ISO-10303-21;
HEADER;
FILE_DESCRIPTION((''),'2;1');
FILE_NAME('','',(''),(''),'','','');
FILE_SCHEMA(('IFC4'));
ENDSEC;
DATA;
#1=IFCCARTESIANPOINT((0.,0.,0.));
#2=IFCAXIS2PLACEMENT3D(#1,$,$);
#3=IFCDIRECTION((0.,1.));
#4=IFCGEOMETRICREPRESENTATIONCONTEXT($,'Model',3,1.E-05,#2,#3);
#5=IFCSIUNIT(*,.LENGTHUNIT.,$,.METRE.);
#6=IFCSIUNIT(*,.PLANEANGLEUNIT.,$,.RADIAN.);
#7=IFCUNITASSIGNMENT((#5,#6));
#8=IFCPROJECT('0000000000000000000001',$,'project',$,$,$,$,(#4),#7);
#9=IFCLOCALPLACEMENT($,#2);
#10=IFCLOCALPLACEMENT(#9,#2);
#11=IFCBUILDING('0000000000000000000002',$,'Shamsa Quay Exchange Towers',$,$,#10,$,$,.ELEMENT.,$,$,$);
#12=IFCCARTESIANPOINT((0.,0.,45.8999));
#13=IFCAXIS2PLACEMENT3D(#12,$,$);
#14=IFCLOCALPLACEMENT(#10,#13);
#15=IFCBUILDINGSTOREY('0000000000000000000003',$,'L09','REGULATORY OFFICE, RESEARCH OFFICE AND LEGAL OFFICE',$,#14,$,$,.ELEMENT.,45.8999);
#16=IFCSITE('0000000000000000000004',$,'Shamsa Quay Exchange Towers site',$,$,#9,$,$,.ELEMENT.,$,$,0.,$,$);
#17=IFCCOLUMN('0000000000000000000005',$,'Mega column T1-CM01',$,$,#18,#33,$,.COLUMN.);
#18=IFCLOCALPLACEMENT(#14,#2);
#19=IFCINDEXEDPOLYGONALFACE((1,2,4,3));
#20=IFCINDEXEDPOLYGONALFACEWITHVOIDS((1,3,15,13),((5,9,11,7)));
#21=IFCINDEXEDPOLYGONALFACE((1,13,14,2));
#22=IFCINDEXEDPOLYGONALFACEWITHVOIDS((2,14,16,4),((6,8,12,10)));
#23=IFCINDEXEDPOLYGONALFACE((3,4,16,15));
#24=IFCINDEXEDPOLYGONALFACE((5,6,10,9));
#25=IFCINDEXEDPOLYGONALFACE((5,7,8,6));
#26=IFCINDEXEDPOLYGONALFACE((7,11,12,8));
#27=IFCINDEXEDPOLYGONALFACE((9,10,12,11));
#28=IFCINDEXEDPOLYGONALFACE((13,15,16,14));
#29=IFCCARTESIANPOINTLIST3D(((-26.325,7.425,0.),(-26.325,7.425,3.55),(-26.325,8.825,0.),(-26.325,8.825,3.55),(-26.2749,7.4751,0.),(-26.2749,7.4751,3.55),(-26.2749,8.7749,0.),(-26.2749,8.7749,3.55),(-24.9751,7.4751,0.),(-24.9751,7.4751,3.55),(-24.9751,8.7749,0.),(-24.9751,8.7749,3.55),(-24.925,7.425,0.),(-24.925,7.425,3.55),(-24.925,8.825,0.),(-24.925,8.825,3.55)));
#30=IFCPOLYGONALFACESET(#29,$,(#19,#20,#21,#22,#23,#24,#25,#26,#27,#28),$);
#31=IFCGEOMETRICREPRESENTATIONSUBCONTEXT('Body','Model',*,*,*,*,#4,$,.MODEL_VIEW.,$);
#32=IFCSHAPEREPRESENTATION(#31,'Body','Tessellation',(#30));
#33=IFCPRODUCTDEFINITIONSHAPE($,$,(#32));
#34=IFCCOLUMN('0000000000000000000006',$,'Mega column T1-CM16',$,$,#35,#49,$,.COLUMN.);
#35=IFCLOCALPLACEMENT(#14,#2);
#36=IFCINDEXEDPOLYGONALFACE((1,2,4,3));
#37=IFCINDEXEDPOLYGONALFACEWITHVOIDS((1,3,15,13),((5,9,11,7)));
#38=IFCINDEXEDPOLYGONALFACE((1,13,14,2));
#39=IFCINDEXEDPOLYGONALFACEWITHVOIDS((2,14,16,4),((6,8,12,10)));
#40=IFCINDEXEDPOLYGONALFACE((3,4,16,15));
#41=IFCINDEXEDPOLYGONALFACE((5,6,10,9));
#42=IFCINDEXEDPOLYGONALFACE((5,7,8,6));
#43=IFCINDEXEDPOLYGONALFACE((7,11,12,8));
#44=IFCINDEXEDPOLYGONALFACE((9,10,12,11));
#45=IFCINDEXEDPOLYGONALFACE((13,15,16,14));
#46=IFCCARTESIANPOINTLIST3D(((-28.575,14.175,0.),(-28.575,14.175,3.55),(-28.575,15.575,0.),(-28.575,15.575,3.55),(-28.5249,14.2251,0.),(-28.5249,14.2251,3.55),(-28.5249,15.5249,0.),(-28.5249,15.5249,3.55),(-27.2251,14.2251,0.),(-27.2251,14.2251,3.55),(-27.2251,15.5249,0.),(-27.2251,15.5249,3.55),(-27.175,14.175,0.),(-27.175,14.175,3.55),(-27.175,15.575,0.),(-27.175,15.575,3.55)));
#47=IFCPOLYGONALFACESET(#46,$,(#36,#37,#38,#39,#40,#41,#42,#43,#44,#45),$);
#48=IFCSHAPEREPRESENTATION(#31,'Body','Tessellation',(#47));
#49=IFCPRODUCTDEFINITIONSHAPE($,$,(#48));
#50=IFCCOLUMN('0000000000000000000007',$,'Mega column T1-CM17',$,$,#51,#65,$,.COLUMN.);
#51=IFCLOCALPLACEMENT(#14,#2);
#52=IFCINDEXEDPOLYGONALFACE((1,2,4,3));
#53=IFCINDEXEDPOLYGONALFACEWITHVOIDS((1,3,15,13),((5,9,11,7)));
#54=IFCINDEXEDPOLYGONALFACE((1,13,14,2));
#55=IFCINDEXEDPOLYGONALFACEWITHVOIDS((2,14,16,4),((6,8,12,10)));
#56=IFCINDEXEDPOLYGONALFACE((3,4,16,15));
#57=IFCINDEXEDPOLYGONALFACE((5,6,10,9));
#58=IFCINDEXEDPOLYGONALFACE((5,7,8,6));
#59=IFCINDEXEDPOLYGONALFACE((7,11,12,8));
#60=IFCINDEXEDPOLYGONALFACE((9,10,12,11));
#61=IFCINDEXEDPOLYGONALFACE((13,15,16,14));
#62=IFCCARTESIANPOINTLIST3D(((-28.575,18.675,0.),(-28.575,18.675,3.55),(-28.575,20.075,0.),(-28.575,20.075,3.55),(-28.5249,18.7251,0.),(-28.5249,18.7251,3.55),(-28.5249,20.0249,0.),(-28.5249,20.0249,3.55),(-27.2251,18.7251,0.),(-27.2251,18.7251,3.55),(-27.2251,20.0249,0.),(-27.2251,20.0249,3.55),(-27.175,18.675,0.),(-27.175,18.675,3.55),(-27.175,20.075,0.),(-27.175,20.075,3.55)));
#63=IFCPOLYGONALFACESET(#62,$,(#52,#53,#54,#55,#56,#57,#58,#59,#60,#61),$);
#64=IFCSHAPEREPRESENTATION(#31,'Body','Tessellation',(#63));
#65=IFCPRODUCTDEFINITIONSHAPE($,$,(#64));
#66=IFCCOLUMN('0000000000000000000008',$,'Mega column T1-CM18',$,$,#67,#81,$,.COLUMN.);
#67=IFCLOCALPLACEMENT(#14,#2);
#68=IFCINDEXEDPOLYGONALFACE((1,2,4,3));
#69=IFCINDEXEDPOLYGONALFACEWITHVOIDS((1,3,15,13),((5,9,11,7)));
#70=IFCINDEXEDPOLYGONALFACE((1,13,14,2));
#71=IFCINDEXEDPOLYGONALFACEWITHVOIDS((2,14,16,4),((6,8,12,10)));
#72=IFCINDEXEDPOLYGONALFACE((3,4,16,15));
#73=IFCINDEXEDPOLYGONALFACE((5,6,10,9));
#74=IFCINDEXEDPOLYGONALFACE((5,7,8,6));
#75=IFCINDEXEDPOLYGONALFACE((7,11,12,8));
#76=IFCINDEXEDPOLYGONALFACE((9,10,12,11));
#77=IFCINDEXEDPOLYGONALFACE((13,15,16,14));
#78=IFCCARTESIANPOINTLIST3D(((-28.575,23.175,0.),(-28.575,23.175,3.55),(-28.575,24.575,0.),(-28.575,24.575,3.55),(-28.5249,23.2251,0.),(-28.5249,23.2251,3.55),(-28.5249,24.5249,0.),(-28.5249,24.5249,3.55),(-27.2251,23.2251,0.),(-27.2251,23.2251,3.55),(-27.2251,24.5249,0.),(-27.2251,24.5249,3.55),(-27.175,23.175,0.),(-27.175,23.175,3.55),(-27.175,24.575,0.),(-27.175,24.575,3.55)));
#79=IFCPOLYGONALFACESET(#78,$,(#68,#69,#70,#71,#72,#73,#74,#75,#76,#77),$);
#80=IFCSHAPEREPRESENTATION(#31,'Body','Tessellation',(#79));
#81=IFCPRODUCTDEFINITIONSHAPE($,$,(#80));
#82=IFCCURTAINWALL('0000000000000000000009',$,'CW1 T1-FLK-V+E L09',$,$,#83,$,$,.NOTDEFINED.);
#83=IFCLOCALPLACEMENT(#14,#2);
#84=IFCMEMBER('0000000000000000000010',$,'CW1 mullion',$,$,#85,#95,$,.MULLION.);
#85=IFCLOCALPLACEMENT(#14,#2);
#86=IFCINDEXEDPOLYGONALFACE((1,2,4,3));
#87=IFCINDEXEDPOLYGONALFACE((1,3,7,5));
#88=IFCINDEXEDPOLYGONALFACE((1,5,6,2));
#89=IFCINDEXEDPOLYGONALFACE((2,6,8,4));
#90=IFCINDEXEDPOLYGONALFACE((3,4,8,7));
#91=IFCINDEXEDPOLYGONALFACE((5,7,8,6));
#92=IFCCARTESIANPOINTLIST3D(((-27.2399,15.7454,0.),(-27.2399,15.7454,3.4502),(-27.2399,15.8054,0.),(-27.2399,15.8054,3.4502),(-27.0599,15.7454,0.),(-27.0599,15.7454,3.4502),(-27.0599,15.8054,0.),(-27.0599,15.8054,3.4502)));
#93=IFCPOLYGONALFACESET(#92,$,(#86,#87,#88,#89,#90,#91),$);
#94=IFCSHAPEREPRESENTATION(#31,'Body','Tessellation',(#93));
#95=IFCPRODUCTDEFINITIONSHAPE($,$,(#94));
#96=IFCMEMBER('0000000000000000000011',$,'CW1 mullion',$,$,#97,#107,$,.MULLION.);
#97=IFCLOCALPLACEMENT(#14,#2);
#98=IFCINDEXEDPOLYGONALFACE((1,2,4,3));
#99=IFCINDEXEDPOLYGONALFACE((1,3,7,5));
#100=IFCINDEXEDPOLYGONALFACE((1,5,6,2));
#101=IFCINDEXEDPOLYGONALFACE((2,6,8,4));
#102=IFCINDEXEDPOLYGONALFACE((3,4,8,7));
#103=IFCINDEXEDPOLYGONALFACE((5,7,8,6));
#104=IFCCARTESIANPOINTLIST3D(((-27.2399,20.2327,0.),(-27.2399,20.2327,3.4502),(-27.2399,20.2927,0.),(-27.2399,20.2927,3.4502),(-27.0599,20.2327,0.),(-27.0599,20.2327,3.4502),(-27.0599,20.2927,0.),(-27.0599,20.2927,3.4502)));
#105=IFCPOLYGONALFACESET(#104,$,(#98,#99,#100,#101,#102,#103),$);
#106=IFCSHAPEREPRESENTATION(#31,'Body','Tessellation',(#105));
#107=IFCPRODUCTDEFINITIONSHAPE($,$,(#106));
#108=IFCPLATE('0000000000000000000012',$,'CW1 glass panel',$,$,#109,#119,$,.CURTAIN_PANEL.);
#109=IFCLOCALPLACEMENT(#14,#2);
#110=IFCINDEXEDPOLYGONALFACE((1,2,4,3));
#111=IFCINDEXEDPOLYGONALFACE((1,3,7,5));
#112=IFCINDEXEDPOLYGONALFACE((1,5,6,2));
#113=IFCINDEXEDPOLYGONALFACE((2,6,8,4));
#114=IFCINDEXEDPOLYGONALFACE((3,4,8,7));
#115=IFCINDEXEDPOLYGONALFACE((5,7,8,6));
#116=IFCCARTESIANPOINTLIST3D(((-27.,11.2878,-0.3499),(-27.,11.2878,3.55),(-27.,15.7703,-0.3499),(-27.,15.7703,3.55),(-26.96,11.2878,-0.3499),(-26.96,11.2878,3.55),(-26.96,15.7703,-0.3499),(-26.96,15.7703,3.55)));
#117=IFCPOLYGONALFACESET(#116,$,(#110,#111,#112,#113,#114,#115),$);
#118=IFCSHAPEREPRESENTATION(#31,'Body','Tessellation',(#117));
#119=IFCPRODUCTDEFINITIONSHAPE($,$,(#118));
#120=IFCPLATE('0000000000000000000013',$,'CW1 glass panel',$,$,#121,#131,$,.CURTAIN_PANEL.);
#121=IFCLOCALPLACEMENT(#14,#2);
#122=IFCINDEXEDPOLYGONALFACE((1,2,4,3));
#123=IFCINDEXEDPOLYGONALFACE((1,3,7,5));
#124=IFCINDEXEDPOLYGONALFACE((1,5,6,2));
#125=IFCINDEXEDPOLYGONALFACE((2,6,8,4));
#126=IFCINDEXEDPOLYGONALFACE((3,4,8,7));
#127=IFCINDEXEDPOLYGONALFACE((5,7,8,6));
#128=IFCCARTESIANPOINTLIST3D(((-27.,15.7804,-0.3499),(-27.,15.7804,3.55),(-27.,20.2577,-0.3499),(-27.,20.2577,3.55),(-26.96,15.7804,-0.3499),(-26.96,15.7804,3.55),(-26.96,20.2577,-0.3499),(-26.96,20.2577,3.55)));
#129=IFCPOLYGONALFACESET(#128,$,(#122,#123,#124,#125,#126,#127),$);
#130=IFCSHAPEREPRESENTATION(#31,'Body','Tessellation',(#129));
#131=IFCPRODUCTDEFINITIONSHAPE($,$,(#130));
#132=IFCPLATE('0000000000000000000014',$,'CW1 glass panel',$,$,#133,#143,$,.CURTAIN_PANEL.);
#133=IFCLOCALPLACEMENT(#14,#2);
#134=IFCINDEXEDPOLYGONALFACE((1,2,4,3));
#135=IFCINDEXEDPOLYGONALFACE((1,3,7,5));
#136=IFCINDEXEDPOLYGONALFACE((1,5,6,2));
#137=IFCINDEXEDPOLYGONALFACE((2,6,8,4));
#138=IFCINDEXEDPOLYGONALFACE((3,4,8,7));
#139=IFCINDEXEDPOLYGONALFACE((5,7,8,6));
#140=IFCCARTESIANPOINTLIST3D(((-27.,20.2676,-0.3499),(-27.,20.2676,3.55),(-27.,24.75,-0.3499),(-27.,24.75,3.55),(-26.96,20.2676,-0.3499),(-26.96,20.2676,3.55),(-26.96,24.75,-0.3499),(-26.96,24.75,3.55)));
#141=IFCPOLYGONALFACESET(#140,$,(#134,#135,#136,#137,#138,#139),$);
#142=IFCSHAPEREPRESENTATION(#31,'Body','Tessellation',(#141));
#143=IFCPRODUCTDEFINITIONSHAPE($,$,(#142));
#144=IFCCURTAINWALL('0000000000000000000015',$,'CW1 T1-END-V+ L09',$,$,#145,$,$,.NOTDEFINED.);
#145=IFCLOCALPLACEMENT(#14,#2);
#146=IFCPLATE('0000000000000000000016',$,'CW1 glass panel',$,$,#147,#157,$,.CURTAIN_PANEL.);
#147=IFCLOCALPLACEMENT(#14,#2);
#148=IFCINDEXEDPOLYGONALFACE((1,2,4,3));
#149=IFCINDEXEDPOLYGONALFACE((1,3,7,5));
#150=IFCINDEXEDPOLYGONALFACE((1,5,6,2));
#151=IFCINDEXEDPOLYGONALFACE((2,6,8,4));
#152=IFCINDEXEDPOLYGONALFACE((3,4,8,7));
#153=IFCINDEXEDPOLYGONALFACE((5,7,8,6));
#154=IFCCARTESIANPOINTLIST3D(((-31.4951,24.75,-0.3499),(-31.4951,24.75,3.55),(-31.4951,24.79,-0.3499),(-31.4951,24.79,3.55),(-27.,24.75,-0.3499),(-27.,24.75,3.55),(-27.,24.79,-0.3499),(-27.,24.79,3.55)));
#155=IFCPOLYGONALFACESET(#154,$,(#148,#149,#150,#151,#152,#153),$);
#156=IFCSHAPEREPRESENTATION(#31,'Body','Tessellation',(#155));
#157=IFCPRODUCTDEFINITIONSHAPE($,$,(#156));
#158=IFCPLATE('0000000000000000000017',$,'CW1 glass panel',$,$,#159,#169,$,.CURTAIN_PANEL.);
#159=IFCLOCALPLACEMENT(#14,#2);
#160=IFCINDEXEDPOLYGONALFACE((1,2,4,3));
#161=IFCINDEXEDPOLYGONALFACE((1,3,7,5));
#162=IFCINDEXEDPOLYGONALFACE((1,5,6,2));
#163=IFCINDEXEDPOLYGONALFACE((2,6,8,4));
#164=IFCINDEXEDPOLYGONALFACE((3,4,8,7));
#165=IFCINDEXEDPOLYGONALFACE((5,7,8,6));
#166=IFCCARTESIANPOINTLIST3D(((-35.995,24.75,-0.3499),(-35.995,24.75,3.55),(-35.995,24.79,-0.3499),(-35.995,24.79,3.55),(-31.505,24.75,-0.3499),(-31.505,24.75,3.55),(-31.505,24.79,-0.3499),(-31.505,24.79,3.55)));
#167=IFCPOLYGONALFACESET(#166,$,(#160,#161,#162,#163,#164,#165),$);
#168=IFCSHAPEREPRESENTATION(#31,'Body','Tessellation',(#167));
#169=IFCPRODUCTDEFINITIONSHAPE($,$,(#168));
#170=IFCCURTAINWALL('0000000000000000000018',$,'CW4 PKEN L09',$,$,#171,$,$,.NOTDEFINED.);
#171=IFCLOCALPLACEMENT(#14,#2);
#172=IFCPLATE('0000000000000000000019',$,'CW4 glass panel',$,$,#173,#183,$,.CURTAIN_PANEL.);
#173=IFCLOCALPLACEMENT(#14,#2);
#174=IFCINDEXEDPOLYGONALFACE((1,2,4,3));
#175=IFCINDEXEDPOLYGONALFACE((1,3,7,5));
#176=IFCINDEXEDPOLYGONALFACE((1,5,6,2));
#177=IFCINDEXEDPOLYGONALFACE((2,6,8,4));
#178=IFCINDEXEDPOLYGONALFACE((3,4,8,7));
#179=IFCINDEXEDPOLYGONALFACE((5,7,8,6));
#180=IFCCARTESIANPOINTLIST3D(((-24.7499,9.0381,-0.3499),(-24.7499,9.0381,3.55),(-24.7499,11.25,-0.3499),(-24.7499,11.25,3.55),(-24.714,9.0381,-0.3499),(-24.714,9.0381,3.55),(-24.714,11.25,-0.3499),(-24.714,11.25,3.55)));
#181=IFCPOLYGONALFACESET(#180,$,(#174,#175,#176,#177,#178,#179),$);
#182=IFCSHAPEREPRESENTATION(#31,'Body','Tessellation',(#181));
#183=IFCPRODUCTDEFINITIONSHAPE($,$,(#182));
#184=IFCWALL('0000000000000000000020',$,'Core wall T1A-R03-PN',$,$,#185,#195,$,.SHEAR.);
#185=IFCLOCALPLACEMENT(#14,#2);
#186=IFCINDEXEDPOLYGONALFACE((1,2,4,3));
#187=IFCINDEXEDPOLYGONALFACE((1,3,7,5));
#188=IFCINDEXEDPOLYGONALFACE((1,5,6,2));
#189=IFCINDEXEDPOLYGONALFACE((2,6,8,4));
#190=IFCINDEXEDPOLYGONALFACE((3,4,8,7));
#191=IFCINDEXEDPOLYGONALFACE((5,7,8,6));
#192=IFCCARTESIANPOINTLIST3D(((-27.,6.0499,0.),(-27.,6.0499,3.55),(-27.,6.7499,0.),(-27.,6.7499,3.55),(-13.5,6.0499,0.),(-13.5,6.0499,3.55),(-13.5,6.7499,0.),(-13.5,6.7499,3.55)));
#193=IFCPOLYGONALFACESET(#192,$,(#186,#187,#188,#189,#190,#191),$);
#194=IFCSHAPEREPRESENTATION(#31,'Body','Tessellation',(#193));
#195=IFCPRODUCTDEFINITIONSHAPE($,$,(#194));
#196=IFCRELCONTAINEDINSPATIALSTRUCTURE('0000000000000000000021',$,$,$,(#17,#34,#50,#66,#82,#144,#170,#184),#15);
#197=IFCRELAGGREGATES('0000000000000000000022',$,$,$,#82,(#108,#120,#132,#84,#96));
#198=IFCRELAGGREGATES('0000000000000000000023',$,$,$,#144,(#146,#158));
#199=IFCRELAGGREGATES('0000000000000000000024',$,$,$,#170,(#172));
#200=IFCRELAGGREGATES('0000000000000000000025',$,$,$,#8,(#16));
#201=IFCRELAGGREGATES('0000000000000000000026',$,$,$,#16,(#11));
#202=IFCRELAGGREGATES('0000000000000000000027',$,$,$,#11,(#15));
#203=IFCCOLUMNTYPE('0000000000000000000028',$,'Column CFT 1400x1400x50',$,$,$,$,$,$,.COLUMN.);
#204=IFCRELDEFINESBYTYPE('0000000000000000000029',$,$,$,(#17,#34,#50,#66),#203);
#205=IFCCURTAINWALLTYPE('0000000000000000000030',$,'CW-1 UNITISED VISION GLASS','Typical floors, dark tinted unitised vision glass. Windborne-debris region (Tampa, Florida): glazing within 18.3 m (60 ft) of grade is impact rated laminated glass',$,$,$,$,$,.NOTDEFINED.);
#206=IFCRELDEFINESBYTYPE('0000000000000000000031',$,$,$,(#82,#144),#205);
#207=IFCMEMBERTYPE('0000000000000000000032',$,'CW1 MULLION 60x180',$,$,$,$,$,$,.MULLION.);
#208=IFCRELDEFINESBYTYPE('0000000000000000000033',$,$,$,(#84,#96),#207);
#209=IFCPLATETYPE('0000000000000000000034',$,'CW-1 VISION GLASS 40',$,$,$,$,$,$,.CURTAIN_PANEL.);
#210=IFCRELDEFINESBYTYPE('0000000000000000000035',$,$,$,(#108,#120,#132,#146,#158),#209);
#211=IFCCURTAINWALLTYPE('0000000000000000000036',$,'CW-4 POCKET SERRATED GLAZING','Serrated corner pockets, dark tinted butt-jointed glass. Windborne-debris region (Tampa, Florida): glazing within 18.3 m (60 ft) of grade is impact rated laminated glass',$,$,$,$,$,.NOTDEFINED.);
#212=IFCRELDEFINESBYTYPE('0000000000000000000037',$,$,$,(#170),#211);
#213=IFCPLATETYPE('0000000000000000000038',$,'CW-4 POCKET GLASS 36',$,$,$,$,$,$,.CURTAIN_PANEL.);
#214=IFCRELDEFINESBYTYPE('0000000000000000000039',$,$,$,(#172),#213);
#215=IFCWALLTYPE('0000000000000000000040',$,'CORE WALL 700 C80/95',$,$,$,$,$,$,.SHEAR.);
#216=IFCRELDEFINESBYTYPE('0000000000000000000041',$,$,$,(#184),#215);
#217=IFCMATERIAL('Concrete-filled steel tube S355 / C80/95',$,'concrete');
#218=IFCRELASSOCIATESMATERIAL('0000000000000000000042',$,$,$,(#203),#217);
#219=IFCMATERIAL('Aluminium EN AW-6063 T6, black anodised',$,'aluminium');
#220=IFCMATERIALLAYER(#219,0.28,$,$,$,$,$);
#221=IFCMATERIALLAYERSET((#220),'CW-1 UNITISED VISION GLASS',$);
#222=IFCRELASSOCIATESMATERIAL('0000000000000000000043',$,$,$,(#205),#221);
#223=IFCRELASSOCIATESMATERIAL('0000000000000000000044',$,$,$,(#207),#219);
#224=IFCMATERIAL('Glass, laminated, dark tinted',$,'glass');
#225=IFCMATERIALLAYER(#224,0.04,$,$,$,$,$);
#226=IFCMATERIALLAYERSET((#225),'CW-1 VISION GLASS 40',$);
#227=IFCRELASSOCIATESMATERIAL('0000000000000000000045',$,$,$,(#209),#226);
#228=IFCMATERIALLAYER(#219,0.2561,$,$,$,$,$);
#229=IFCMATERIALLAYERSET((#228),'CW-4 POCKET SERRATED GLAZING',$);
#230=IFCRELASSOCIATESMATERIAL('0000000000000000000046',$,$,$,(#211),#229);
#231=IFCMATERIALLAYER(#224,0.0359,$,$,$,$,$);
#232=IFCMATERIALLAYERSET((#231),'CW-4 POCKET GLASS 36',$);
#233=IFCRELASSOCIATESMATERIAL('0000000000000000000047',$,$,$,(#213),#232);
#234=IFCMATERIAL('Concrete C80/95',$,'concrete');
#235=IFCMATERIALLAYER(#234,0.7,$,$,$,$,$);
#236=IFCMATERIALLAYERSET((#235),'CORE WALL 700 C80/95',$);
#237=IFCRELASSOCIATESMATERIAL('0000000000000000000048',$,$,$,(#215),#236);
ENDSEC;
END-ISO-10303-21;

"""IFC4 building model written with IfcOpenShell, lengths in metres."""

from ifc_helpers import new_model, si_unit, direction, frame, frame_2d, origin, origin_2d, place, context, subcontext, project, spatial, rectangle, hollow_rectangle, extrude, material, layer, layer_set, material_profile, profile_set, type_object, element, aggregate, save


model = new_model("IFC4")

# Units and contexts
model_context = context("Model", 3, precision=1e-05, world=origin(), true_north=direction((0.0, 1.0)))
body_context = subcontext(model_context, "Body", "Model", "MODEL_VIEW")
ifc_project = project(units=[si_unit("LENGTHUNIT", "METRE"), si_unit("PLANEANGLEUNIT", "RADIAN")], contexts=[model_context])

# Site, building, storey
site_placement = place(None, origin())
site = spatial("IfcSite", under=ifc_project, at=site_placement, Name="Shamsa Quay Exchange Towers site", CompositionType="ELEMENT", RefElevation=0.0)
building_placement = place(site_placement, origin())
building = spatial("IfcBuilding", under=site, at=building_placement, Name="Shamsa Quay Exchange Towers", CompositionType="ELEMENT")
storey_placement = place(building_placement, frame((0.0, 0.0, 45.8999)))
storey = spatial("IfcBuildingStorey", under=building, at=storey_placement, Name="L09", Description="REGULATORY OFFICE, RESEARCH OFFICE AND LEGAL OFFICE", CompositionType="ELEMENT", Elevation=45.8999)

# Columns
ifc_material_1 = material(Name="Concrete-filled steel tube S355 / C80/95", Category="concrete")
ifc_material_profile_1 = material_profile(ifc_material_1, hollow_rectangle(XDim=1.3999, YDim=1.3999, WallThickness=0.05, at=origin_2d()), Name="CFT 1400x1400x50")
ifc_profile_set_1 = profile_set([ifc_material_profile_1], Name="Concrete-filled steel tube S355 / C80/95")
column_type = type_object("IfcColumnType", Name="Column CFT 1400x1400x50", PredefinedType="COLUMN", material=ifc_profile_set_1)
for number, where, name in (
    (1, (-25.625, 8.125, 0.0), "Mega column T1-CM01"),
    (2, (-27.875, 14.875, 0.0), "Mega column T1-CM16"),
    (3, (-27.875, 19.375, 0.0), "Mega column T1-CM17"),
    (4, (-27.875, 23.875, 0.0), "Mega column T1-CM18"),
):
    element("IfcColumn", number, at=place(storey_placement, frame(where)), inside=storey, type_object=column_type, Name=name, PredefinedType="COLUMN", context=body_context, shape_type="SweptSolid", body=[
        extrude(hollow_rectangle(XDim=1.3999, YDim=1.3999, WallThickness=0.05, at=origin_2d()), origin(), (0.0, 0.0, 1.0), 3.55),
    ])

# Curtain wall, members, plates
ifc_material_2 = material(Name="Aluminium EN AW-6063 T6, black anodised", Category="aluminium")
ifc_layer_1 = layer(ifc_material_2, 0.28)
ifc_layer_set_1 = layer_set([ifc_layer_1], Name="CW-1 UNITISED VISION GLASS")
curtain_wall_type_1 = type_object("IfcCurtainWallType", Name="CW-1 UNITISED VISION GLASS", Description="Typical floors, dark tinted unitised vision glass. Windborne-debris region (Tampa, Florida): glazing within 18.3 m (60 ft) of grade is impact rated laminated glass", PredefinedType="NOTDEFINED", material=ifc_layer_set_1)
curtain_wall_1_placement = place(storey_placement, origin())
curtain_wall_1 = element("IfcCurtainWall", 5, at=curtain_wall_1_placement, inside=storey, type_object=curtain_wall_type_1, Name="CW1 T1-FLK-V+E L09", PredefinedType="NOTDEFINED")
ifc_material_profile_2 = material_profile(ifc_material_2, rectangle(XDim=0.1799, YDim=0.0601, at=origin_2d()), Name="MU60x180")
ifc_profile_set_2 = profile_set([ifc_material_profile_2], Name="Aluminium EN AW-6063 T6, black anodised")
member_type = type_object("IfcMemberType", Name="CW1 MULLION 60x180", PredefinedType="MULLION", material=ifc_profile_set_2)
member_1_placement = place(storey_placement, frame((-27.1499, 15.7754, 0.0), z_axis=(0.0, 0.0, 1.0), x_axis=(-1.0, 0.0, 0.0)))
member_1 = element("IfcMember", 6, at=member_1_placement, type_object=member_type, Name="CW1 mullion", PredefinedType="MULLION", context=body_context, shape_type="SweptSolid", body=[
    extrude(rectangle(XDim=0.1799, YDim=0.0601, at=origin_2d()), origin(), (0.0, 0.0, 1.0), 3.4502),
])
member_2_placement = place(storey_placement, frame((-27.1499, 20.2627, 0.0), z_axis=(0.0, 0.0, 1.0), x_axis=(-1.0, 0.0, 0.0)))
member_2 = element("IfcMember", 7, at=member_2_placement, type_object=member_type, Name="CW1 mullion", PredefinedType="MULLION", context=body_context, shape_type="SweptSolid", body=[
    extrude(rectangle(XDim=0.1799, YDim=0.0601, at=origin_2d()), origin(), (0.0, 0.0, 1.0), 3.4502),
])
ifc_material_3 = material(Name="Glass, laminated, dark tinted", Category="glass")
ifc_layer_2 = layer(ifc_material_3, 0.04)
ifc_layer_set_2 = layer_set([ifc_layer_2], Name="CW-1 VISION GLASS 40")
plate_type_1 = type_object("IfcPlateType", Name="CW-1 VISION GLASS 40", PredefinedType="CURTAIN_PANEL", material=ifc_layer_set_2)
plate_1_placement = place(storey_placement, frame((-26.98, 13.5291, -0.3499), z_axis=(0.0, 0.0, 1.0), x_axis=(0.0, 1.0, 0.0)))
plate_1 = element("IfcPlate", 8, at=plate_1_placement, type_object=plate_type_1, Name="CW1 glass panel", PredefinedType="CURTAIN_PANEL", context=body_context, shape_type="SweptSolid", body=[
    extrude(rectangle(XDim=4.4824, YDim=0.04, at=origin_2d()), origin(), (0.0, 0.0, 1.0), 3.8999),
])
plate_2_placement = place(storey_placement, frame((-26.98, 18.019, -0.3499), z_axis=(0.0, 0.0, 1.0), x_axis=(0.0, 1.0, 0.0)))
plate_2 = element("IfcPlate", 9, at=plate_2_placement, type_object=plate_type_1, Name="CW1 glass panel", PredefinedType="CURTAIN_PANEL", context=body_context, shape_type="SweptSolid", body=[
    extrude(rectangle(XDim=4.4773, YDim=0.04, at=origin_2d()), origin(), (0.0, 0.0, 1.0), 3.8999),
])
plate_3_placement = place(storey_placement, frame((-26.98, 22.5088, -0.3499), z_axis=(0.0, 0.0, 1.0), x_axis=(0.0, 1.0, 0.0)))
plate_3 = element("IfcPlate", 10, at=plate_3_placement, type_object=plate_type_1, Name="CW1 glass panel", PredefinedType="CURTAIN_PANEL", context=body_context, shape_type="SweptSolid", body=[
    extrude(rectangle(XDim=4.4824, YDim=0.04, at=origin_2d()), origin(), (0.0, 0.0, 1.0), 3.8999),
])
aggregate(curtain_wall_1, [plate_1, plate_2, plate_3, member_1, member_2])

# Curtain wall, plates
curtain_wall_2_placement = place(storey_placement, origin())
curtain_wall_2 = element("IfcCurtainWall", 11, at=curtain_wall_2_placement, inside=storey, type_object=curtain_wall_type_1, Name="CW1 T1-END-V+ L09", PredefinedType="NOTDEFINED")
plate_4_placement = place(storey_placement, frame((-29.2476, 24.77, -0.3499), z_axis=(0.0, 0.0, 1.0), x_axis=(-1.0, 0.0, 0.0)))
plate_4 = element("IfcPlate", 12, at=plate_4_placement, type_object=plate_type_1, Name="CW1 glass panel", PredefinedType="CURTAIN_PANEL", context=body_context, shape_type="SweptSolid", body=[
    extrude(rectangle(XDim=4.4951, YDim=0.04, at=origin_2d()), origin(), (0.0, 0.0, 1.0), 3.8999),
])
plate_5_placement = place(storey_placement, frame((-33.75, 24.77, -0.3499), z_axis=(0.0, 0.0, 1.0), x_axis=(-1.0, 0.0, 0.0)))
plate_5 = element("IfcPlate", 13, at=plate_5_placement, type_object=plate_type_1, Name="CW1 glass panel", PredefinedType="CURTAIN_PANEL", context=body_context, shape_type="SweptSolid", body=[
    extrude(rectangle(XDim=4.49, YDim=0.04, at=origin_2d()), origin(), (0.0, 0.0, 1.0), 3.8999),
])
aggregate(curtain_wall_2, [plate_4, plate_5])

# Curtain wall, plate
ifc_layer_3 = layer(ifc_material_2, 0.2561)
ifc_layer_set_3 = layer_set([ifc_layer_3], Name="CW-4 POCKET SERRATED GLAZING")
curtain_wall_type_2 = type_object("IfcCurtainWallType", Name="CW-4 POCKET SERRATED GLAZING", Description="Serrated corner pockets, dark tinted butt-jointed glass. Windborne-debris region (Tampa, Florida): glazing within 18.3 m (60 ft) of grade is impact rated laminated glass", PredefinedType="NOTDEFINED", material=ifc_layer_set_3)
curtain_wall_3_placement = place(storey_placement, origin())
curtain_wall_3 = element("IfcCurtainWall", 14, at=curtain_wall_3_placement, inside=storey, type_object=curtain_wall_type_2, Name="CW4 PKEN L09", PredefinedType="NOTDEFINED")
ifc_layer_4 = layer(ifc_material_3, 0.0359)
ifc_layer_set_4 = layer_set([ifc_layer_4], Name="CW-4 POCKET GLASS 36")
plate_type_2 = type_object("IfcPlateType", Name="CW-4 POCKET GLASS 36", PredefinedType="CURTAIN_PANEL", material=ifc_layer_set_4)
plate_6_placement = place(storey_placement, frame((-24.7319, 10.144, -0.3499), z_axis=(0.0, 0.0, 1.0), x_axis=(0.0, 1.0, 0.0)))
plate_6 = element("IfcPlate", 15, at=plate_6_placement, type_object=plate_type_2, Name="CW4 glass panel", PredefinedType="CURTAIN_PANEL", context=body_context, shape_type="SweptSolid", body=[
    extrude(rectangle(XDim=2.2119, YDim=0.0359, at=origin_2d()), origin(), (0.0, 0.0, 1.0), 3.8999),
])
aggregate(curtain_wall_3, [plate_6])

# Wall
ifc_material_4 = material(Name="Concrete C80/95", Category="concrete")
ifc_layer_5 = layer(ifc_material_4, 0.7)
ifc_layer_set_5 = layer_set([ifc_layer_5], Name="CORE WALL 700 C80/95")
wall_type_1 = type_object("IfcWallType", Name="CORE WALL 700 C80/95", PredefinedType="SHEAR", material=ifc_layer_set_5)
wall_1_placement = place(storey_placement, frame((-27.0, 6.3999, 0.0)))
element("IfcWall", 16, at=wall_1_placement, inside=storey, type_object=wall_type_1, Name="Core wall T1A-R03-PN", PredefinedType="SHEAR", context=body_context, shape_type="SweptSolid", body=[
    extrude(rectangle(XDim=13.5, YDim=0.7, at=frame_2d((6.75, 0.0))), origin(), (0.0, 0.0, 1.0), 3.55),
])

save(model, "model.ifc")
